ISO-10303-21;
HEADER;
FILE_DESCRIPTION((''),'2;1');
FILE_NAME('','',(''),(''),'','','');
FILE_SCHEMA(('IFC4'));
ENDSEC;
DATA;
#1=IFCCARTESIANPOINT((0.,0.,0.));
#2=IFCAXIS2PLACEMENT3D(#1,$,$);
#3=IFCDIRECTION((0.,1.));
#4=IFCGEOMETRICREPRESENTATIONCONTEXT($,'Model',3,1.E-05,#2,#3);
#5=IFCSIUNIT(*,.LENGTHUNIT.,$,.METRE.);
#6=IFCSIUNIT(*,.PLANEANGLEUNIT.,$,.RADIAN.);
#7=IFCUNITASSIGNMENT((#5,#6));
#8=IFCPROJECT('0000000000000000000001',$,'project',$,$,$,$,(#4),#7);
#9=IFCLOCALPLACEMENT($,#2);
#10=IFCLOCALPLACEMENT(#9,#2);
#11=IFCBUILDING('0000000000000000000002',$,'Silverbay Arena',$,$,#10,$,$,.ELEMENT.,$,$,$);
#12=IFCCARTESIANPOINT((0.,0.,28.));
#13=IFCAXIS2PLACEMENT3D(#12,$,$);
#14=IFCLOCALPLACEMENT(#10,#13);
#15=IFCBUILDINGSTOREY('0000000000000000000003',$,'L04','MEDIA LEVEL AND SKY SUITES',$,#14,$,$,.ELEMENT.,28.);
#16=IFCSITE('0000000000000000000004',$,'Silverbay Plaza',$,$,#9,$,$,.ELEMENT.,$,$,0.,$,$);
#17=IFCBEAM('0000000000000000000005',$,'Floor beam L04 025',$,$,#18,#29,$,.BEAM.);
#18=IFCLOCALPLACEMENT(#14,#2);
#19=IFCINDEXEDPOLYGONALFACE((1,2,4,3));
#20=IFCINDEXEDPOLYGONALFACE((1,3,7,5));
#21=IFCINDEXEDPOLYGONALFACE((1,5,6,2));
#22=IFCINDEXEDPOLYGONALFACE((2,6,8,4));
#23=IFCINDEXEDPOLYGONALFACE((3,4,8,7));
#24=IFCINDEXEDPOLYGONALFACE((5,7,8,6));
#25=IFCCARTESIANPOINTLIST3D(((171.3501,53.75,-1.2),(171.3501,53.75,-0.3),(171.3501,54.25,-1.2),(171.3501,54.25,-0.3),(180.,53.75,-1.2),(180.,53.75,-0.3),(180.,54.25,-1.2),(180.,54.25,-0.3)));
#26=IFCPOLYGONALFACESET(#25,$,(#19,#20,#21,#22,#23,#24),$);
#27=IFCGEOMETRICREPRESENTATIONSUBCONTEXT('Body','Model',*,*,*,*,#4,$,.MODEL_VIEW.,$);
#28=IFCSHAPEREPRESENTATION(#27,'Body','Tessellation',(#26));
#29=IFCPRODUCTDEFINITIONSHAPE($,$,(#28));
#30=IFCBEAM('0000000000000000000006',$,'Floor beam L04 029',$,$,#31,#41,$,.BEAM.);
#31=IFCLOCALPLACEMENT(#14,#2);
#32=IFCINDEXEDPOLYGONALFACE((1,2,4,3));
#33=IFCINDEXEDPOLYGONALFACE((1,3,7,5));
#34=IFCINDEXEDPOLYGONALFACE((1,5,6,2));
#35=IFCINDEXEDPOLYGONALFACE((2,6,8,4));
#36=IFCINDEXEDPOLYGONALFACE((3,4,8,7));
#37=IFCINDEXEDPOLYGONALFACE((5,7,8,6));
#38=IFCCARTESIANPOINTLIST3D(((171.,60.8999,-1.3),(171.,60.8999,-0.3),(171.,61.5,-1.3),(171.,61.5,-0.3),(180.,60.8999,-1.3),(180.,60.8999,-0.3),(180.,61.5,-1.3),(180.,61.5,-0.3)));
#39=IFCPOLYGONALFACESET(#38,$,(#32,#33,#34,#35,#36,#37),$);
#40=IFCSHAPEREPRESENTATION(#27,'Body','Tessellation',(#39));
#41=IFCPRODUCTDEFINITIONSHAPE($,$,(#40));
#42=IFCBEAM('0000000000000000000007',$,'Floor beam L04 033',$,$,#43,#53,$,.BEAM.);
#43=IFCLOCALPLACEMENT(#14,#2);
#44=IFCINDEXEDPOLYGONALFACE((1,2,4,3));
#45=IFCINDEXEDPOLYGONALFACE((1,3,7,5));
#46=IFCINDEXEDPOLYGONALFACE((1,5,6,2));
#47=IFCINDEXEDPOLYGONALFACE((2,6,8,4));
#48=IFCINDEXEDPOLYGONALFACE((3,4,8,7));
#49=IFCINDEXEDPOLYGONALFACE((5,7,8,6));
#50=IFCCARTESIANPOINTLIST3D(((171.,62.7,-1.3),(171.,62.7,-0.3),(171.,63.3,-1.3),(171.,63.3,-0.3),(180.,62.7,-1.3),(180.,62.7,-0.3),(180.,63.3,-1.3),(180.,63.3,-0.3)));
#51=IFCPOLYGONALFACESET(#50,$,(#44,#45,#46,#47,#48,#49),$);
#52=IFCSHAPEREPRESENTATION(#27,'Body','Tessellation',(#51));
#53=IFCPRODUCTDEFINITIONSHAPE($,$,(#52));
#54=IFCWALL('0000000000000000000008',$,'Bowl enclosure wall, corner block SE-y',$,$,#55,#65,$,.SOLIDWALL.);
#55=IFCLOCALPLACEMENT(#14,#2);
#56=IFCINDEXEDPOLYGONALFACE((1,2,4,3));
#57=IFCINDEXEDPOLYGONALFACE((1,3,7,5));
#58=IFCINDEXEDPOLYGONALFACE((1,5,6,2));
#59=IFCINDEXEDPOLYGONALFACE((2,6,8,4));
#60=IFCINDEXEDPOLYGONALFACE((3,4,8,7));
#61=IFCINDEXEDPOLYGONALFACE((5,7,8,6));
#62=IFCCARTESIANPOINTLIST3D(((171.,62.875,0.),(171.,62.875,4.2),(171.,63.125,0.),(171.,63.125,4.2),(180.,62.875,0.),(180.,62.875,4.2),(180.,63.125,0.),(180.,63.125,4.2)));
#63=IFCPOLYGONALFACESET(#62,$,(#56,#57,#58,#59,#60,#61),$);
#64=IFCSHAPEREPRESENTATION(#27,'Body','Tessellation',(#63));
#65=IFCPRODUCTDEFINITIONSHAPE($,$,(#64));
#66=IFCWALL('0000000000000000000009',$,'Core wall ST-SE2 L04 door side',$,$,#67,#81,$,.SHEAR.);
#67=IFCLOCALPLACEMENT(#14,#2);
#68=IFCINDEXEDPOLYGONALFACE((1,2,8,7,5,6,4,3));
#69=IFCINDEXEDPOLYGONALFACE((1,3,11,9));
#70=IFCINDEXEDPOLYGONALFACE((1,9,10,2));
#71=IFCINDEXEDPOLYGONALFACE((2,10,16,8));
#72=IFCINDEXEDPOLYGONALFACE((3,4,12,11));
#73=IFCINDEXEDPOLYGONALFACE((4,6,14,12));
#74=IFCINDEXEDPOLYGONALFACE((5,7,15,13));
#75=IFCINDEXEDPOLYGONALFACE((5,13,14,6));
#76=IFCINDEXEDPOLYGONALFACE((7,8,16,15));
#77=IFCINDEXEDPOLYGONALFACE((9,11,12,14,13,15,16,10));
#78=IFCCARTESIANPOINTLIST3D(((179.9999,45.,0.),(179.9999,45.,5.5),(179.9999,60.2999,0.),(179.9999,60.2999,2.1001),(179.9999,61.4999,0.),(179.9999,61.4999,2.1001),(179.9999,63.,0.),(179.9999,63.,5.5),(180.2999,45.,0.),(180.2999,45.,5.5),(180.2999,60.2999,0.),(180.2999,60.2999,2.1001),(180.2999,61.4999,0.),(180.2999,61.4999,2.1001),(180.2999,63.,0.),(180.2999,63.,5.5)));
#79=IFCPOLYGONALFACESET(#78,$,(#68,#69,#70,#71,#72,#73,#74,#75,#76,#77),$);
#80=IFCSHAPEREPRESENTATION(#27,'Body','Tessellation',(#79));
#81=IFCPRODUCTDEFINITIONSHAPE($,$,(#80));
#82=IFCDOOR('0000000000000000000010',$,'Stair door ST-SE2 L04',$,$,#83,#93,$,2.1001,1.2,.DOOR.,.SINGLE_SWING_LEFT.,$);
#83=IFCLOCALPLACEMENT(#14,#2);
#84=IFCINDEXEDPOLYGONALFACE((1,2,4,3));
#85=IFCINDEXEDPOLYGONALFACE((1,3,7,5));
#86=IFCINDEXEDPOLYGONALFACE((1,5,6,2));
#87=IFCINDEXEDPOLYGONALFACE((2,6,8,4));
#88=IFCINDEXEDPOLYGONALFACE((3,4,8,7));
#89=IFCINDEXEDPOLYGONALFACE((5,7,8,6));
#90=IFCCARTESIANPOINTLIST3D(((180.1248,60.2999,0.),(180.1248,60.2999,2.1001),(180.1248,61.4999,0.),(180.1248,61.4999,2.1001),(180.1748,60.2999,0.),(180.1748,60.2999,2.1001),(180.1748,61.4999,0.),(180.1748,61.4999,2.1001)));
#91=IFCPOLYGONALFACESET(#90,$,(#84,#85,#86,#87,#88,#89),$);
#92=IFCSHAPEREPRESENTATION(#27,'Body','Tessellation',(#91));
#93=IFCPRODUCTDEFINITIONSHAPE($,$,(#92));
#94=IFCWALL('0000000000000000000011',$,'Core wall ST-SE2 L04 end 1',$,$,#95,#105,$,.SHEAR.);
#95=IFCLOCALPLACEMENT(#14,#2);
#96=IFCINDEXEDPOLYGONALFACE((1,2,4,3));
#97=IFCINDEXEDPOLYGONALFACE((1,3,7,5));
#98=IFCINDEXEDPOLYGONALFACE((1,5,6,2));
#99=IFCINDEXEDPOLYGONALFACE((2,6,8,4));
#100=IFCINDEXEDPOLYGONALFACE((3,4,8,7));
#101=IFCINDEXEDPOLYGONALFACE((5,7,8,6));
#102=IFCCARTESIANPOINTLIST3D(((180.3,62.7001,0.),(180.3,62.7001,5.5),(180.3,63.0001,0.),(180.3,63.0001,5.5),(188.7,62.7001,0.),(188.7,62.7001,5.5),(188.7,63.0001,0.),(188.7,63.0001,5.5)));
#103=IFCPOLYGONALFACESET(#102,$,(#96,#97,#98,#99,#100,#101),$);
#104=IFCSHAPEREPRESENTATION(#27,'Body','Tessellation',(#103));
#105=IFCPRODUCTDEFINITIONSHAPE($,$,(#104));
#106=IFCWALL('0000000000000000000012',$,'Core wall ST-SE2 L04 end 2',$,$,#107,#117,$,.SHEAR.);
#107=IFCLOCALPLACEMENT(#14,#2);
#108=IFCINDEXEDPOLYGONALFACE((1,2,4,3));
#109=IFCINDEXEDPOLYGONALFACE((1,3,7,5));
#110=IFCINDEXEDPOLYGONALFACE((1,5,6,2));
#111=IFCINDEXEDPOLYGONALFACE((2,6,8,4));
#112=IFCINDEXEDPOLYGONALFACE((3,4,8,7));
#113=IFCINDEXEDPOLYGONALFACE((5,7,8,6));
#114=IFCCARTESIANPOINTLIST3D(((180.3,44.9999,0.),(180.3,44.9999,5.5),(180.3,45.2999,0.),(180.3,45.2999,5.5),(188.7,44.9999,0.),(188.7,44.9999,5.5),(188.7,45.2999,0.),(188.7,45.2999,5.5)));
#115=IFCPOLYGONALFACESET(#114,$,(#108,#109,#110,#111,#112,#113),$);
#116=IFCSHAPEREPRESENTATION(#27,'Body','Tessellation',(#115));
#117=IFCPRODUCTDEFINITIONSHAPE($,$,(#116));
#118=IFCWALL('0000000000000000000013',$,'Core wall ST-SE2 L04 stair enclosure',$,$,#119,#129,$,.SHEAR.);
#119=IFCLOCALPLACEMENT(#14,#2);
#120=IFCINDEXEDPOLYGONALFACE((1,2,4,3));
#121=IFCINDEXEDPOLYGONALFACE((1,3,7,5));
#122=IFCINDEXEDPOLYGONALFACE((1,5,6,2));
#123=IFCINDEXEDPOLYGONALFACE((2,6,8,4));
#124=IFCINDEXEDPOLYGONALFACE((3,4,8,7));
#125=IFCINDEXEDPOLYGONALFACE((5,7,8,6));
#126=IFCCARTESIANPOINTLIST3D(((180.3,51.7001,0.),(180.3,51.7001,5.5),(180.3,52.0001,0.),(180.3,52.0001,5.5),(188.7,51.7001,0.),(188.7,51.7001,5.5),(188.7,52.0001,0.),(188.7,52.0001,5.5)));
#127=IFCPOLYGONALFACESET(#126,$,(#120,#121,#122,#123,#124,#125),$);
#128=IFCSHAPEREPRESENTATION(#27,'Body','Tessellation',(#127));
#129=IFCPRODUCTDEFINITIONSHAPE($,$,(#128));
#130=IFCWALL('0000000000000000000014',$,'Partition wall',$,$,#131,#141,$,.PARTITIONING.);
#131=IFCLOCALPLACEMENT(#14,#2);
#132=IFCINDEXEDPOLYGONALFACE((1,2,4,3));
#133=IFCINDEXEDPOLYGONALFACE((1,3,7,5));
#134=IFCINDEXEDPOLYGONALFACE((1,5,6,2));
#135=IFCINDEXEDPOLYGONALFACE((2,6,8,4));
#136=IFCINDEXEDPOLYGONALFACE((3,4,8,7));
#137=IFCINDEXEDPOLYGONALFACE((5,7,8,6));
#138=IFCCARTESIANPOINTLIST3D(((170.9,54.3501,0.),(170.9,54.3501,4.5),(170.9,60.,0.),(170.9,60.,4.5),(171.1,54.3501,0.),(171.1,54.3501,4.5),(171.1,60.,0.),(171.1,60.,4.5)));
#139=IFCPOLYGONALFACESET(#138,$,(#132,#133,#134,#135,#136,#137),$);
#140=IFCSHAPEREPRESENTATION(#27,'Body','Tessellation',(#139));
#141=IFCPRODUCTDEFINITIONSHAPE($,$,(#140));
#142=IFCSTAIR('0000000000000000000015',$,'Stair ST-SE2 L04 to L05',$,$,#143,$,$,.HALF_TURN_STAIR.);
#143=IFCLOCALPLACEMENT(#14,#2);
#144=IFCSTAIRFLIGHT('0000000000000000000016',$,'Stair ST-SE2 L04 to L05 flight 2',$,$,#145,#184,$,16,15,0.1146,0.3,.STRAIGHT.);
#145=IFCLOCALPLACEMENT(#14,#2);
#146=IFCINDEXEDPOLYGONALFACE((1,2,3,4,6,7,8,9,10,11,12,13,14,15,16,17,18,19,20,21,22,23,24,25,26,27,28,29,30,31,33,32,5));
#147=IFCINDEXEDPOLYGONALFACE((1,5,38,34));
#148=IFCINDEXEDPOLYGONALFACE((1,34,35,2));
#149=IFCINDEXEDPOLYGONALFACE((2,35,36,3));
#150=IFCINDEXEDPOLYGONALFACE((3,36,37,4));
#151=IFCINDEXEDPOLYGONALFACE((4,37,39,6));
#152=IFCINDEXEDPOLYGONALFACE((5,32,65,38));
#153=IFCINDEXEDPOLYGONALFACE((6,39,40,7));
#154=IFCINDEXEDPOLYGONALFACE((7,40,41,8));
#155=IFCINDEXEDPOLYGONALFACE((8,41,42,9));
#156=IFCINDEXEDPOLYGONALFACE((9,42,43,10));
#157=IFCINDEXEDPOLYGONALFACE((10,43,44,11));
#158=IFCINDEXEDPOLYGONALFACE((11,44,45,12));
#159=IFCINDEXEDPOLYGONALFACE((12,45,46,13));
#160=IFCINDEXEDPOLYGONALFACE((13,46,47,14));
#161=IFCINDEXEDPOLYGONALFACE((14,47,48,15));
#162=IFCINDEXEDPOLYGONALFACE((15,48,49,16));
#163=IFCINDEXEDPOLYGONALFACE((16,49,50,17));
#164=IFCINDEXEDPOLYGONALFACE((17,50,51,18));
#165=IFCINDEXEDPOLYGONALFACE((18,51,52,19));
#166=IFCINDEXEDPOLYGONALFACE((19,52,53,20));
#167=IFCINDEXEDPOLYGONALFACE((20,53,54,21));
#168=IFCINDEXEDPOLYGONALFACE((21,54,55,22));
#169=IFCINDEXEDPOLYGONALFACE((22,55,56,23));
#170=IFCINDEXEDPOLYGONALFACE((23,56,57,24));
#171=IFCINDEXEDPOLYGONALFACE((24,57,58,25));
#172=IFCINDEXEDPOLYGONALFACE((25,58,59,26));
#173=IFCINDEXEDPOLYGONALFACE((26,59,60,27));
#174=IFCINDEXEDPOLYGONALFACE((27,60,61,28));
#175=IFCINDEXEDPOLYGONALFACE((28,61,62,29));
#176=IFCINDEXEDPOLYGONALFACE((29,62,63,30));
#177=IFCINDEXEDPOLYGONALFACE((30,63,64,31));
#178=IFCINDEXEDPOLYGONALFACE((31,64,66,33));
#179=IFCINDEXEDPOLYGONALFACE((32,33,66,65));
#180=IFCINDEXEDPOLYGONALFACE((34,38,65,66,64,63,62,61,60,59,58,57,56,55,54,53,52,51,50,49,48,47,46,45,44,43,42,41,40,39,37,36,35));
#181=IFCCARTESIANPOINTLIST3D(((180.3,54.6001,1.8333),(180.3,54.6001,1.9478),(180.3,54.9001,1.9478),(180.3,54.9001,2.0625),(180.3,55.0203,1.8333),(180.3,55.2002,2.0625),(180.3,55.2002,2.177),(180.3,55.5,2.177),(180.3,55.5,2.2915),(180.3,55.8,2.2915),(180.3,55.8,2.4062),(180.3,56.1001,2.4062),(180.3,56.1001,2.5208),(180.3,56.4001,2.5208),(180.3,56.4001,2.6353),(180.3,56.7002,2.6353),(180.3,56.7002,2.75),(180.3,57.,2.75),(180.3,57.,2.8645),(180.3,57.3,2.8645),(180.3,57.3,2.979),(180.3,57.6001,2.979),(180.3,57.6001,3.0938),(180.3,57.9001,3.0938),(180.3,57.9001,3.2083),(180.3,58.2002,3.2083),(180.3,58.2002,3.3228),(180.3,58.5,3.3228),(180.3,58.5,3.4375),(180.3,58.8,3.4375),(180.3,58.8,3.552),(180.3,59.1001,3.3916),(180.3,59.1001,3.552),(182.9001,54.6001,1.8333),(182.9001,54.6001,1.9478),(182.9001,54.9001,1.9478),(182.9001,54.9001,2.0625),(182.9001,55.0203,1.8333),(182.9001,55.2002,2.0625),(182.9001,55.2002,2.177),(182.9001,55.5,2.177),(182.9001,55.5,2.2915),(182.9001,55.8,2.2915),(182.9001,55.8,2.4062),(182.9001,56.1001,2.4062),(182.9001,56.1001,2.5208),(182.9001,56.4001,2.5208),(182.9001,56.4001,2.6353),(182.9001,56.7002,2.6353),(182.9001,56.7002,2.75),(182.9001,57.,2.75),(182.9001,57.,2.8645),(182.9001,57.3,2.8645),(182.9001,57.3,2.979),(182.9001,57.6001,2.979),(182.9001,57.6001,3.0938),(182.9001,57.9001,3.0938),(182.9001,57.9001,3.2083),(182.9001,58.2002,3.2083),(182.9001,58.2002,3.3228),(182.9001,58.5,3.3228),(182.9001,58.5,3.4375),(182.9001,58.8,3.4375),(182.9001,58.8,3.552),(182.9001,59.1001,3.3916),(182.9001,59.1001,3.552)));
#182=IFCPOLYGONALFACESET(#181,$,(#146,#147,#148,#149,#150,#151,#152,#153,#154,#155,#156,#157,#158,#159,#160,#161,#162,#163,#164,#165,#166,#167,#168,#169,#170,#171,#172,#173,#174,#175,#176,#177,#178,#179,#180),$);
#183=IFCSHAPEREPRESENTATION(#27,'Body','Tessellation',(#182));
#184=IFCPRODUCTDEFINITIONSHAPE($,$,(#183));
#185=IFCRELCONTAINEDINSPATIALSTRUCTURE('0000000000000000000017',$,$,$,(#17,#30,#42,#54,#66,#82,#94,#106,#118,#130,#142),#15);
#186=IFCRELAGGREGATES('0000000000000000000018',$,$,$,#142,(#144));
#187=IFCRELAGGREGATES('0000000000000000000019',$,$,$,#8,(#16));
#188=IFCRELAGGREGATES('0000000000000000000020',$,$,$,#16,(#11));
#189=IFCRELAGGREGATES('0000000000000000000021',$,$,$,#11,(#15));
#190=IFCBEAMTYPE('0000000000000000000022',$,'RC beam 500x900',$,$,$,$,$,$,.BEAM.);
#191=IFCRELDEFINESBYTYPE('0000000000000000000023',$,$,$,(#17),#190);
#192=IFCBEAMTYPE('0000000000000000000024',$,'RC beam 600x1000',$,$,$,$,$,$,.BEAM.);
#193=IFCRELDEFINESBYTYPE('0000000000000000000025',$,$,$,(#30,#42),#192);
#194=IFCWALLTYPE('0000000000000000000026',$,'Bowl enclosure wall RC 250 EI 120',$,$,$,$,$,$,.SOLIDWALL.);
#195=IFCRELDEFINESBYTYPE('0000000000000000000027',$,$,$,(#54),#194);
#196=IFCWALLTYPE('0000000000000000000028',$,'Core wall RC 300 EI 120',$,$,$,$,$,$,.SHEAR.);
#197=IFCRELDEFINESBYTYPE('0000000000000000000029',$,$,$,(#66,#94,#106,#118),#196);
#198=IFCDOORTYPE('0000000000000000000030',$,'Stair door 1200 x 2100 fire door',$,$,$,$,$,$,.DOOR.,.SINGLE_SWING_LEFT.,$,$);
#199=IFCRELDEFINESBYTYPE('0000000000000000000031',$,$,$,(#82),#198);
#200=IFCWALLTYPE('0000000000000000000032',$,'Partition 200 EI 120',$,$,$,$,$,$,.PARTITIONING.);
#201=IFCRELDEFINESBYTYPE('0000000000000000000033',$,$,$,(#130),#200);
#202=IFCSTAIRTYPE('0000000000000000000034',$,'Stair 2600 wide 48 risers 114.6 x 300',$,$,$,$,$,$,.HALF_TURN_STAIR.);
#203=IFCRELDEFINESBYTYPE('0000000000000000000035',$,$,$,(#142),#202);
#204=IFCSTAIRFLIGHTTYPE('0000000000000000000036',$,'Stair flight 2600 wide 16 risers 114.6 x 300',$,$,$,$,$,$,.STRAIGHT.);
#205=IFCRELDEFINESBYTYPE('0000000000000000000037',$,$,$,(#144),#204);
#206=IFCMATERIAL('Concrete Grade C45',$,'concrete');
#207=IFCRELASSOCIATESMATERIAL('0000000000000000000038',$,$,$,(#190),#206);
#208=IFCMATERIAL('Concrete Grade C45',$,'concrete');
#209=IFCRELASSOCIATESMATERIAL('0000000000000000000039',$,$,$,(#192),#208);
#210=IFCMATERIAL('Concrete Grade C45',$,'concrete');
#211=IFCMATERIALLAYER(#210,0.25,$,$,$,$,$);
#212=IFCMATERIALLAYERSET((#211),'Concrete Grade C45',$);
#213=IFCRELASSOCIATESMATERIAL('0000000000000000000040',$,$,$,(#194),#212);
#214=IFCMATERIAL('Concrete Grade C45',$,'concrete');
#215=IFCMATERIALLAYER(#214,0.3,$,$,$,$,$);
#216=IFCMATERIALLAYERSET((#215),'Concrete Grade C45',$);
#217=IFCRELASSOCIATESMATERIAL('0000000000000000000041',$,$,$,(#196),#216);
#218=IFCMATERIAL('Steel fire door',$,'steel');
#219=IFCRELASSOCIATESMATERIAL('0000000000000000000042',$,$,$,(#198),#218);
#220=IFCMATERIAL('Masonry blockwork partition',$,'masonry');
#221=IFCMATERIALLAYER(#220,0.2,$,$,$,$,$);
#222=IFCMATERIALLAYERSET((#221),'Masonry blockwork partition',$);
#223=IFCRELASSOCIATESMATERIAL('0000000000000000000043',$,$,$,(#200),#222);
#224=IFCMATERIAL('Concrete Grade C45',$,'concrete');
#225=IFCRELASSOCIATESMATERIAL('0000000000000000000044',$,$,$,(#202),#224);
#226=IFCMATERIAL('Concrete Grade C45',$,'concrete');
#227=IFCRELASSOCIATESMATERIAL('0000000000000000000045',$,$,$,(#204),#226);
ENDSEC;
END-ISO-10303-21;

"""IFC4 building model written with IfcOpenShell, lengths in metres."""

from ifc_helpers import new_model, si_unit, direction, frame, frame_2d, origin, origin_2d, place, context, subcontext, project, spatial, polyline, rectangle, outline, extrude, material, layer, layer_set, material_profile, profile_set, type_object, element, fill, aggregate, save


model = new_model("IFC4")

# Units and contexts
model_context = context("Model", 3, precision=1e-05, world=origin(), true_north=direction((0.0, 1.0)))
body_context = subcontext(model_context, "Body", "Model", "MODEL_VIEW")
ifc_project = project(units=[si_unit("LENGTHUNIT", "METRE"), si_unit("PLANEANGLEUNIT", "RADIAN")], contexts=[model_context])

# Site, building, storey
site_placement = place(None, origin())
site = spatial("IfcSite", under=ifc_project, at=site_placement, Name="Silverbay Plaza", CompositionType="ELEMENT", RefElevation=0.0)
building_placement = place(site_placement, origin())
building = spatial("IfcBuilding", under=site, at=building_placement, Name="Silverbay Arena", CompositionType="ELEMENT")
storey_placement = place(building_placement, frame((0.0, 0.0, 28.0)))
storey = spatial("IfcBuildingStorey", under=building, at=storey_placement, Name="L04", Description="MEDIA LEVEL AND SKY SUITES", CompositionType="ELEMENT", Elevation=28.0)

# Beams
ifc_material_1 = material(Name="Concrete Grade C45", Category="concrete")
ifc_material_profile_1 = material_profile(ifc_material_1, rectangle(XDim=0.5, YDim=0.8999, at=origin_2d()), Name="RC 500x900")
ifc_profile_set_1 = profile_set([ifc_material_profile_1], Name="Concrete Grade C45")
beam_type_1 = type_object("IfcBeamType", Name="RC beam 500x900", PredefinedType="BEAM", material=ifc_profile_set_1)
beam_placement = place(storey_placement, frame((171.3501, 54.0, -0.75), z_axis=(1.0, 0.0, 0.0), x_axis=(0.0, 1.0, 0.0)))
element("IfcBeam", 1, at=beam_placement, inside=storey, type_object=beam_type_1, Name="Floor beam L04 025", PredefinedType="BEAM", context=body_context, shape_type="SweptSolid", body=[
    extrude(rectangle(XDim=0.5, YDim=0.8999, at=origin_2d()), origin(), (0.0, 0.0, 1.0), 8.6499),
])
ifc_material_2 = material(Name="Concrete Grade C45", Category="concrete")
ifc_material_profile_2 = material_profile(ifc_material_2, rectangle(XDim=0.6001, YDim=1.0, at=origin_2d()), Name="RC 600x1000")
ifc_profile_set_2 = profile_set([ifc_material_profile_2], Name="Concrete Grade C45")
beam_type_2 = type_object("IfcBeamType", Name="RC beam 600x1000", PredefinedType="BEAM", material=ifc_profile_set_2)
for number, where, z_axis, x_axis, name in (
    (2, (171.0, 61.2, -0.8), (1.0, 0.0, 0.0), (0.0, 1.0, 0.0), "Floor beam L04 029"),
    (3, (171.0, 63.0, -0.8), (1.0, 0.0, 0.0), (0.0, 1.0, 0.0), "Floor beam L04 033"),
):
    element("IfcBeam", number, at=place(storey_placement, frame(where, z_axis=z_axis, x_axis=x_axis)), inside=storey, type_object=beam_type_2, Name=name, PredefinedType="BEAM", context=body_context, shape_type="SweptSolid", body=[
        extrude(rectangle(XDim=0.6001, YDim=1.0, at=origin_2d()), origin(), (0.0, 0.0, 1.0), 9.0),
    ])

# Wall
ifc_material_3 = material(Name="Concrete Grade C45", Category="concrete")
ifc_layer_1 = layer(ifc_material_3, 0.25)
ifc_layer_set_1 = layer_set([ifc_layer_1], Name="Concrete Grade C45")
wall_type_1 = type_object("IfcWallType", Name="Bowl enclosure wall RC 250 EI 120", PredefinedType="SOLIDWALL", material=ifc_layer_set_1)
wall_1_placement = place(storey_placement, frame((171.0, 63.0, 0.0), z_axis=(0.0, 0.0, 1.0), x_axis=(1.0, 0.0, 0.0)))
element("IfcWall", 4, at=wall_1_placement, inside=storey, type_object=wall_type_1, Name="Bowl enclosure wall, corner block SE-y", PredefinedType="SOLIDWALL", context=body_context, shape_type="SweptSolid", body=[
    extrude(rectangle(XDim=9.0, YDim=0.25, at=frame_2d((4.5, 0.0))), origin(), (0.0, 0.0, 1.0), 4.2),
])

# Wall, opening, door
ifc_material_4 = material(Name="Concrete Grade C45", Category="concrete")
ifc_layer_2 = layer(ifc_material_4, 0.3)
ifc_layer_set_2 = layer_set([ifc_layer_2], Name="Concrete Grade C45")
wall_type_2 = type_object("IfcWallType", Name="Core wall RC 300 EI 120", PredefinedType="SHEAR", material=ifc_layer_set_2)
wall_2_placement = place(storey_placement, frame((180.1499, 63.0, 0.0), z_axis=(0.0, 0.0, 1.0), x_axis=(0.0, -1.0, 0.0)))
wall_2 = element("IfcWall", 5, at=wall_2_placement, inside=storey, type_object=wall_type_2, Name="Core wall ST-SE2 L04 door side", PredefinedType="SHEAR", context=body_context, shape_type="SweptSolid", body=[
    extrude(rectangle(XDim=18.0, YDim=0.3, at=frame_2d((9.0, 0.0))), origin(), (0.0, 0.0, 1.0), 5.5),
])
opening_placement = place(wall_2_placement, frame((1.5, 0.0, 0.0)))
opening = element("IfcOpeningElement", 6, at=opening_placement, cuts=wall_2, PredefinedType="OPENING", context=body_context, shape_type="SweptSolid", body=[
    extrude(rectangle(XDim=1.2, YDim=2.1001, at=frame_2d((0.6001, 1.05))), frame((0.0, 0.1602, 0.0), z_axis=(0.0, -1.0, 0.0), x_axis=(1.0, 0.0, 0.0)), (0.0, 0.0, 1.0), 0.3201),
])
ifc_material_5 = material(Name="Steel fire door", Category="steel")
door_type = type_object("IfcDoorType", Name="Stair door 1200 x 2100 fire door", OperationType="SINGLE_SWING_LEFT", PredefinedType="DOOR", material=ifc_material_5)
door_placement = place(opening_placement, origin())
door = element("IfcDoor", 7, at=door_placement, inside=storey, type_object=door_type, Name="Stair door ST-SE2 L04", OperationType="SINGLE_SWING_LEFT", OverallHeight=2.1001, OverallWidth=1.2, PredefinedType="DOOR", context=body_context, shape_type="SweptSolid", body=[
    extrude(rectangle(XDim=1.2, YDim=2.1001, at=frame_2d((0.6001, 1.05))), frame((0.0, 0.0249, 0.0), z_axis=(0.0, -1.0, 0.0), x_axis=(1.0, 0.0, 0.0)), (0.0, 0.0, 1.0), 0.05),
])
fill(opening, door)

# Walls
for number, where, z_axis, x_axis, name in (
    (8, (180.3, 62.8501, 0.0), (0.0, 0.0, 1.0), (1.0, 0.0, 0.0), "Core wall ST-SE2 L04 end 1"),
    (9, (180.3, 45.1499, 0.0), (0.0, 0.0, 1.0), (1.0, 0.0, 0.0), "Core wall ST-SE2 L04 end 2"),
    (10, (180.3, 51.8501, 0.0), (0.0, 0.0, 1.0), (1.0, 0.0, 0.0), "Core wall ST-SE2 L04 stair enclosure"),
):
    element("IfcWall", number, at=place(storey_placement, frame(where, z_axis=z_axis, x_axis=x_axis)), inside=storey, type_object=wall_type_2, Name=name, PredefinedType="SHEAR", context=body_context, shape_type="SweptSolid", body=[
        extrude(rectangle(XDim=8.3999, YDim=0.3, at=frame_2d((4.2, 0.0))), origin(), (0.0, 0.0, 1.0), 5.5),
    ])
ifc_material_6 = material(Name="Masonry blockwork partition", Category="masonry")
ifc_layer_3 = layer(ifc_material_6, 0.2)
ifc_layer_set_3 = layer_set([ifc_layer_3], Name="Masonry blockwork partition")
wall_type_3 = type_object("IfcWallType", Name="Partition 200 EI 120", PredefinedType="PARTITIONING", material=ifc_layer_set_3)
wall_3_placement = place(storey_placement, frame((171.0, 54.3501, 0.0), z_axis=(0.0, 0.0, 1.0), x_axis=(0.0, 1.0, 0.0)))
element("IfcWall", 11, at=wall_3_placement, inside=storey, type_object=wall_type_3, Name="Partition wall", PredefinedType="PARTITIONING", context=body_context, shape_type="SweptSolid", body=[
    extrude(rectangle(XDim=5.6499, YDim=0.2, at=frame_2d((2.825, 0.0))), origin(), (0.0, 0.0, 1.0), 4.5),
])

# Stair, stair flight
ifc_material_7 = material(Name="Concrete Grade C45", Category="concrete")
stair_type = type_object("IfcStairType", Name="Stair 2600 wide 48 risers 114.6 x 300", PredefinedType="HALF_TURN_STAIR", material=ifc_material_7)
stair_placement = place(storey_placement, origin())
stair = element("IfcStair", 12, at=stair_placement, inside=storey, type_object=stair_type, Name="Stair ST-SE2 L04 to L05", PredefinedType="HALF_TURN_STAIR")
ifc_material_8 = material(Name="Concrete Grade C45", Category="concrete")
stair_flight_type = type_object("IfcStairFlightType", Name="Stair flight 2600 wide 16 risers 114.6 x 300", PredefinedType="STRAIGHT", material=ifc_material_8)
stair_flight_placement = place(storey_placement, frame((181.6001, 54.6001, 1.8333), z_axis=(0.0, 0.0, 1.0), x_axis=(0.0, 1.0, 0.0)))
stair_flight = element("IfcStairFlight", 13, at=stair_flight_placement, type_object=stair_flight_type, Name="Stair ST-SE2 L04 to L05 flight 2", NumberOfRisers=16, NumberOfTreads=15, PredefinedType="STRAIGHT", RiserHeight=0.1146, TreadLength=0.3, context=body_context, shape_type="SweptSolid", body=[
    extrude(outline(polyline([(0.0, 0.0), (0.0, 0.1145), (0.3, 0.1145), (0.3, 0.2292), (0.6001, 0.2292), (0.6001, 0.3438), (0.8999, 0.3438), (0.8999, 0.4583), (1.2, 0.4583), (1.2, 0.573), (1.5, 0.573), (1.5, 0.6875), (1.8, 0.6875), (1.8, 0.802), (2.1001, 0.802), (2.1001, 0.9167), (2.3999, 0.9167), (2.3999, 1.0312), (2.7, 1.0312), (2.7, 1.1458), (3.0, 1.1458), (3.0, 1.2605), (3.3, 1.2605), (3.3, 1.375), (3.6001, 1.375), (3.6001, 1.4895), (3.8999, 1.4895), (3.8999, 1.6042), (4.2, 1.6042), (4.2, 1.7188), (4.5, 1.7188), (4.5, 1.5583), (0.4202, 0.0), (0.0, 0.0)])), frame((0.0, 1.3, 0.0), z_axis=(0.0, -1.0, 0.0), x_axis=(1.0, 0.0, 0.0)), (0.0, 0.0, 1.0), 2.6001),
])
aggregate(stair, [stair_flight])

save(model, "model.ifc")
